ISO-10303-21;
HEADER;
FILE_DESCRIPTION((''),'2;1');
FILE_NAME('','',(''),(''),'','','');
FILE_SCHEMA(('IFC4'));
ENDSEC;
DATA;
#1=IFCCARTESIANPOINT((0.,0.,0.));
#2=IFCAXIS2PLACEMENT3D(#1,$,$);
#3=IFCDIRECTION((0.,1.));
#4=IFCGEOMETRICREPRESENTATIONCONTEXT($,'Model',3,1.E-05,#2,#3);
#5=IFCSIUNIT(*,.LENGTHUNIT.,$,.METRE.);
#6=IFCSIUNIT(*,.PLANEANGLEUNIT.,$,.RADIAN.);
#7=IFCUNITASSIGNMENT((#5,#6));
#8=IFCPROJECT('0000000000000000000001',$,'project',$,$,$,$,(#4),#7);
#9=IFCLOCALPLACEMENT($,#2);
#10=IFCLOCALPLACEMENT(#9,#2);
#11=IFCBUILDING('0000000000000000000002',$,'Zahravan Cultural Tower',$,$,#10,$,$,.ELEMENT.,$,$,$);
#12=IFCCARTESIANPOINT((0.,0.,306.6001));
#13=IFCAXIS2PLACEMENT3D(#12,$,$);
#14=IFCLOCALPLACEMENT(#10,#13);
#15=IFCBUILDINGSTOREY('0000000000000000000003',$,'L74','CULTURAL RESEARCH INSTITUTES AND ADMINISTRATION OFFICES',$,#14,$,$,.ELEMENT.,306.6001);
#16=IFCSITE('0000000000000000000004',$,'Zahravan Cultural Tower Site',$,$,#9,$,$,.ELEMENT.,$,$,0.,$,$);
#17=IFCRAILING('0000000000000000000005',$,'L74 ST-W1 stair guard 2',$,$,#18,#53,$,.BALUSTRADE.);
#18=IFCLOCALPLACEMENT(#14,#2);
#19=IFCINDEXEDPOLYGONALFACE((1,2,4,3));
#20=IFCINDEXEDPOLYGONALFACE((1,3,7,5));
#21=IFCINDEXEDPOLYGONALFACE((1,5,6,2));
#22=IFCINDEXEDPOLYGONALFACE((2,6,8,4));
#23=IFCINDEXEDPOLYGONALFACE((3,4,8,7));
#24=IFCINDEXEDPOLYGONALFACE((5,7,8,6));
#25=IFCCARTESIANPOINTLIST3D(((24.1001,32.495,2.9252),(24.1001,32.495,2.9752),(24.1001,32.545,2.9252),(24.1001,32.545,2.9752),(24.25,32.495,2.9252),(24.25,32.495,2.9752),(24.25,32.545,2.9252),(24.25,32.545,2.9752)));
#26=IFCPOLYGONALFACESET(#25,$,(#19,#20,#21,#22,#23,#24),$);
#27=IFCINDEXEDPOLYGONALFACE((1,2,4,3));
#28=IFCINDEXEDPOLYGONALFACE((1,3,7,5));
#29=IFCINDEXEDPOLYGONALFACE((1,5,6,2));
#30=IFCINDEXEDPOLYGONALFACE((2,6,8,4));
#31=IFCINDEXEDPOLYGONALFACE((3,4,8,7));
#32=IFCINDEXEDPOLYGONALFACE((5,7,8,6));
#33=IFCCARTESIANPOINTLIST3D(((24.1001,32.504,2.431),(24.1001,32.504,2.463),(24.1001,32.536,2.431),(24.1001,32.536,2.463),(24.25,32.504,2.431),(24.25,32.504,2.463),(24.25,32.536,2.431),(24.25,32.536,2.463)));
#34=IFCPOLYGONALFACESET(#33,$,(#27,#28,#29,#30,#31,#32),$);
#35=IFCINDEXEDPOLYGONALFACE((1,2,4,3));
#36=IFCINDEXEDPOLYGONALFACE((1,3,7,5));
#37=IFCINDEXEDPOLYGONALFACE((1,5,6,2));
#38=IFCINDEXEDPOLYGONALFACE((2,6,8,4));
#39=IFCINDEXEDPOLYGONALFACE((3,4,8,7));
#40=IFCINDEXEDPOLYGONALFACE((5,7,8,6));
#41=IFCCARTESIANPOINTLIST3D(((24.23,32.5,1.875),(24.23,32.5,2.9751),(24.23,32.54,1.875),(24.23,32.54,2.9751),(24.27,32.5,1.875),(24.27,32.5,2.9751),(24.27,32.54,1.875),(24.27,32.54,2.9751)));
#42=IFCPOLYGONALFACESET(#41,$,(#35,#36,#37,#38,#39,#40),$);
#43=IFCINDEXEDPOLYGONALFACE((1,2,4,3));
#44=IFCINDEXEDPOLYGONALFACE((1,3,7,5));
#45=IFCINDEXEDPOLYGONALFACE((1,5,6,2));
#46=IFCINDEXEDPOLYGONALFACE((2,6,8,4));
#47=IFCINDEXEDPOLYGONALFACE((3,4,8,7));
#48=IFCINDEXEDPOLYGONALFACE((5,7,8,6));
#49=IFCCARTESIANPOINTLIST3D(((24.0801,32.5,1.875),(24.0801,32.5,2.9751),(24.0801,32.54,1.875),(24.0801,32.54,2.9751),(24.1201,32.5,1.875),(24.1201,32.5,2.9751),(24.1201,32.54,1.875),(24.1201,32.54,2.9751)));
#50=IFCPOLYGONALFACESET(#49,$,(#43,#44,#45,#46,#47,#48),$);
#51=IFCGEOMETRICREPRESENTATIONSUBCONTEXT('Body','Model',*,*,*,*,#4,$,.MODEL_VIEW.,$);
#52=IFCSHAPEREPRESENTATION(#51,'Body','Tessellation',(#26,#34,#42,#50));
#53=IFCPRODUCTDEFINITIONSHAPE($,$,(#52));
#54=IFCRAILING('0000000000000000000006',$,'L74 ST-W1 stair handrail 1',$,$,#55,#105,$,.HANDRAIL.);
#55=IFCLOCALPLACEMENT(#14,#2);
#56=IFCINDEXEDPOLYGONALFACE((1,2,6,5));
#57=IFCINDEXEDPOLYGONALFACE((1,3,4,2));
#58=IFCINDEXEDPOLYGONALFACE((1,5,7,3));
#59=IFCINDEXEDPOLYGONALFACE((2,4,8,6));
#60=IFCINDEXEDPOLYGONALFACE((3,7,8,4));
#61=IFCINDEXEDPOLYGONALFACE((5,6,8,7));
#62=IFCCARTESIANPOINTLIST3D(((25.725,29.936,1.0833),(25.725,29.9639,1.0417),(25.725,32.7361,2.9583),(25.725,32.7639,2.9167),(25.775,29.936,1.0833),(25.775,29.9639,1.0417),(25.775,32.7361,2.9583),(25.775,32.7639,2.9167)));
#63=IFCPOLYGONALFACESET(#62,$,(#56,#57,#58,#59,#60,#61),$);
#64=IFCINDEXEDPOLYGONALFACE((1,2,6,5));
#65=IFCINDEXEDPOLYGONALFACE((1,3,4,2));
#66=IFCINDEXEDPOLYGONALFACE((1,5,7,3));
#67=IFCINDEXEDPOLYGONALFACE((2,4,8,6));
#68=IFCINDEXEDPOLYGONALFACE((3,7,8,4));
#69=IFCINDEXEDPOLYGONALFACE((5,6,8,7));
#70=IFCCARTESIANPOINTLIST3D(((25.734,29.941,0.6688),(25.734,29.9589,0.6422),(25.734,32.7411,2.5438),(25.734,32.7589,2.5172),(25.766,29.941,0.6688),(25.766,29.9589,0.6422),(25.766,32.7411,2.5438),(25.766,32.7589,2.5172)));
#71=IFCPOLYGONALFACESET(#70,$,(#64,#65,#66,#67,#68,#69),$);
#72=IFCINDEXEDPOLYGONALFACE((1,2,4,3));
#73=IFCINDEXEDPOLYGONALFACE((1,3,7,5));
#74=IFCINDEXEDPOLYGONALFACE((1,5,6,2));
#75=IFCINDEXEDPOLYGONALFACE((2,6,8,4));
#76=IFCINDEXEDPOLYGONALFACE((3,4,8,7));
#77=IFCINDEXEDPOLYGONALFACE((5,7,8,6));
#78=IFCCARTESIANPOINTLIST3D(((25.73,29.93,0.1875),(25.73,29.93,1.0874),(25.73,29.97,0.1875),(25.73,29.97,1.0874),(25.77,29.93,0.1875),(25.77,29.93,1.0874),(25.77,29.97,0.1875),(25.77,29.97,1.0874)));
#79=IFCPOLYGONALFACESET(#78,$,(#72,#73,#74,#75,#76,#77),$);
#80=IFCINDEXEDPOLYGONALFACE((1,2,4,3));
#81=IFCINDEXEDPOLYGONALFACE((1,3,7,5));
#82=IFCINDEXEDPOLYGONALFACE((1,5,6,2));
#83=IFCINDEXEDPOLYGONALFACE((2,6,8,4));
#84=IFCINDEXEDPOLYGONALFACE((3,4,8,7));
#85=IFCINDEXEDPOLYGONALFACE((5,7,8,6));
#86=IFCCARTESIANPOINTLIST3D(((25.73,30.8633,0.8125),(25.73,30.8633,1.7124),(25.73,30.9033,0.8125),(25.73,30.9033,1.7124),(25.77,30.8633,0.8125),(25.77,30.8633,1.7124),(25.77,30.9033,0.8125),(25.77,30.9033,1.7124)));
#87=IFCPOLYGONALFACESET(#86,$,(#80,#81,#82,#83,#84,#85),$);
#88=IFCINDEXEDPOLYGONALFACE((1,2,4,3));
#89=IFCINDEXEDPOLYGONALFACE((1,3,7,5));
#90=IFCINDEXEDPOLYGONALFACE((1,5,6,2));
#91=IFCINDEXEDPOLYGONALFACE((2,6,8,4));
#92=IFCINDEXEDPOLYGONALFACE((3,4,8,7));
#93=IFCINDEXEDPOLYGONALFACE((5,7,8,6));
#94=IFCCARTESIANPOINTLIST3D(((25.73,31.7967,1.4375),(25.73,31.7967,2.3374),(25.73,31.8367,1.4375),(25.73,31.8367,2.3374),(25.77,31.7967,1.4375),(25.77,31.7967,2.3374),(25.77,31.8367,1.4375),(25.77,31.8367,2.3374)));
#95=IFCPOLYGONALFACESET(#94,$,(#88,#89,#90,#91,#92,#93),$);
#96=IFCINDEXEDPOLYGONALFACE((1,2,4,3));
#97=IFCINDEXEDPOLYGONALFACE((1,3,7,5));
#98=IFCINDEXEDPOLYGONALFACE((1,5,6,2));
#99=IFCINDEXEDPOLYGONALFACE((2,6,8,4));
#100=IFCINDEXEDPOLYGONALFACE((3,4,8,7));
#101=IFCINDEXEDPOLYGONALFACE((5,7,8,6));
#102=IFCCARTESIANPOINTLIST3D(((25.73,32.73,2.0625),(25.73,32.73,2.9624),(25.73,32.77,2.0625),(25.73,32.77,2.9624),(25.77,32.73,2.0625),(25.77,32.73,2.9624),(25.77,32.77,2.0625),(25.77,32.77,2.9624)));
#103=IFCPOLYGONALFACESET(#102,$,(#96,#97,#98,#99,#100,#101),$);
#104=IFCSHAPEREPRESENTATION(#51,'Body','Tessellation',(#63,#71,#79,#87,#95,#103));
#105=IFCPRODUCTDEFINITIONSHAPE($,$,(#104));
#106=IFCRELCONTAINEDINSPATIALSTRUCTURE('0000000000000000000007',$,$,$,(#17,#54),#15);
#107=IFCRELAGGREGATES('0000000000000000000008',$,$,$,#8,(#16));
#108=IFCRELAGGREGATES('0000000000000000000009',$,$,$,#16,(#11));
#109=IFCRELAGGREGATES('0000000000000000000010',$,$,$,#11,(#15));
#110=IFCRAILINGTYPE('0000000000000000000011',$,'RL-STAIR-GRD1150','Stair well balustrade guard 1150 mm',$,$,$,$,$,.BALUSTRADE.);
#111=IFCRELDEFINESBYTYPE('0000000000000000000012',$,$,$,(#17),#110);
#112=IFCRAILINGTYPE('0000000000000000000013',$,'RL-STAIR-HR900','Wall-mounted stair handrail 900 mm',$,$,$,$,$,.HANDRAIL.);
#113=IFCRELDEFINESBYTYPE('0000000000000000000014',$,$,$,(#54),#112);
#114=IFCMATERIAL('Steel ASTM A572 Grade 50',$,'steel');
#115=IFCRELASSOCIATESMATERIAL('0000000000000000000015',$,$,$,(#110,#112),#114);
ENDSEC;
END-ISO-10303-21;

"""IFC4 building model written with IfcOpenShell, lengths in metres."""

from ifc_helpers import new_model, si_unit, direction, frame, origin, origin_2d, place, context, subcontext, project, spatial, rectangle, extrude, material, type_object, element, save


model = new_model("IFC4")

# Units and contexts
model_context = context("Model", 3, precision=1e-05, world=origin(), true_north=direction((0.0, 1.0)))
body_context = subcontext(model_context, "Body", "Model", "MODEL_VIEW")
ifc_project = project(units=[si_unit("LENGTHUNIT", "METRE"), si_unit("PLANEANGLEUNIT", "RADIAN")], contexts=[model_context])

# Site, building, storey
site_placement = place(None, origin())
site = spatial("IfcSite", under=ifc_project, at=site_placement, Name="Zahravan Cultural Tower Site", CompositionType="ELEMENT", RefElevation=0.0)
building_placement = place(site_placement, origin())
building = spatial("IfcBuilding", under=site, at=building_placement, Name="Zahravan Cultural Tower", CompositionType="ELEMENT")
storey_placement = place(building_placement, frame((0.0, 0.0, 306.6001)))
storey = spatial("IfcBuildingStorey", under=building, at=storey_placement, Name="L74", Description="CULTURAL RESEARCH INSTITUTES AND ADMINISTRATION OFFICES", CompositionType="ELEMENT", Elevation=306.6001)

# Shared definitions
ifc_material_1 = material(Name="Steel ASTM A572 Grade 50", Category="steel")

# Railings
railing_type_1 = type_object("IfcRailingType", Name="RL-STAIR-GRD1150", Description="Stair well balustrade guard 1150 mm", PredefinedType="BALUSTRADE", material=ifc_material_1)
railing_1_placement = place(storey_placement, frame((24.25, 32.52, 1.875)))
element("IfcRailing", 1, at=railing_1_placement, inside=storey, type_object=railing_type_1, Name="L74 ST-W1 stair guard 2", PredefinedType="BALUSTRADE", context=body_context, shape_type="SweptSolid", body=[
    extrude(rectangle(XDim=0.05, YDim=0.05, at=origin_2d()), frame((0.0, 0.0, 1.0752), z_axis=(-1.0, 0.0, 0.0), x_axis=(0.0, -1.0, 0.0)), (0.0, 0.0, 1.0), 0.1499),
    extrude(rectangle(XDim=0.032, YDim=0.032, at=origin_2d()), frame((0.0, 0.0, 0.572), z_axis=(-1.0, 0.0, 0.0), x_axis=(0.0, -1.0, 0.0)), (0.0, 0.0, 1.0), 0.1499),
    extrude(rectangle(XDim=0.04, YDim=0.04, at=origin_2d()), origin(), (0.0, 0.0, 1.0), 1.1001),
    extrude(rectangle(XDim=0.04, YDim=0.04, at=origin_2d()), frame((-0.1499, 0.0, 0.0)), (0.0, 0.0, 1.0), 1.1001),
])
railing_type_2 = type_object("IfcRailingType", Name="RL-STAIR-HR900", Description="Wall-mounted stair handrail 900 mm", PredefinedType="HANDRAIL", material=ifc_material_1)
railing_2_placement = place(storey_placement, frame((25.75, 29.95, 0.1875)))
element("IfcRailing", 2, at=railing_2_placement, inside=storey, type_object=railing_type_2, Name="L74 ST-W1 stair handrail 1", PredefinedType="HANDRAIL", context=body_context, shape_type="SweptSolid", body=[
    extrude(rectangle(XDim=0.05, YDim=0.05, at=origin_2d()), frame((0.0, 0.0, 0.875), z_axis=(0.0, 0.830912, 0.556404), x_axis=(-1.0, 0.0, 0.0)), (0.0, 0.0, 1.0), 3.3699),
    extrude(rectangle(XDim=0.032, YDim=0.032, at=origin_2d()), frame((0.0, 0.0, 0.468), z_axis=(0.0, 0.830912, 0.556404), x_axis=(-1.0, 0.0, 0.0)), (0.0, 0.0, 1.0), 3.3699),
    extrude(rectangle(XDim=0.04, YDim=0.04, at=origin_2d()), origin(), (0.0, 0.0, 1.0), 0.8999),
    extrude(rectangle(XDim=0.04, YDim=0.04, at=origin_2d()), frame((0.0, 0.9333, 0.625)), (0.0, 0.0, 1.0), 0.8999),
    extrude(rectangle(XDim=0.04, YDim=0.04, at=origin_2d()), frame((0.0, 1.8667, 1.25)), (0.0, 0.0, 1.0), 0.8999),
    extrude(rectangle(XDim=0.04, YDim=0.04, at=origin_2d()), frame((0.0, 2.8, 1.875)), (0.0, 0.0, 1.0), 0.8999),
])

save(model, "model.ifc")
